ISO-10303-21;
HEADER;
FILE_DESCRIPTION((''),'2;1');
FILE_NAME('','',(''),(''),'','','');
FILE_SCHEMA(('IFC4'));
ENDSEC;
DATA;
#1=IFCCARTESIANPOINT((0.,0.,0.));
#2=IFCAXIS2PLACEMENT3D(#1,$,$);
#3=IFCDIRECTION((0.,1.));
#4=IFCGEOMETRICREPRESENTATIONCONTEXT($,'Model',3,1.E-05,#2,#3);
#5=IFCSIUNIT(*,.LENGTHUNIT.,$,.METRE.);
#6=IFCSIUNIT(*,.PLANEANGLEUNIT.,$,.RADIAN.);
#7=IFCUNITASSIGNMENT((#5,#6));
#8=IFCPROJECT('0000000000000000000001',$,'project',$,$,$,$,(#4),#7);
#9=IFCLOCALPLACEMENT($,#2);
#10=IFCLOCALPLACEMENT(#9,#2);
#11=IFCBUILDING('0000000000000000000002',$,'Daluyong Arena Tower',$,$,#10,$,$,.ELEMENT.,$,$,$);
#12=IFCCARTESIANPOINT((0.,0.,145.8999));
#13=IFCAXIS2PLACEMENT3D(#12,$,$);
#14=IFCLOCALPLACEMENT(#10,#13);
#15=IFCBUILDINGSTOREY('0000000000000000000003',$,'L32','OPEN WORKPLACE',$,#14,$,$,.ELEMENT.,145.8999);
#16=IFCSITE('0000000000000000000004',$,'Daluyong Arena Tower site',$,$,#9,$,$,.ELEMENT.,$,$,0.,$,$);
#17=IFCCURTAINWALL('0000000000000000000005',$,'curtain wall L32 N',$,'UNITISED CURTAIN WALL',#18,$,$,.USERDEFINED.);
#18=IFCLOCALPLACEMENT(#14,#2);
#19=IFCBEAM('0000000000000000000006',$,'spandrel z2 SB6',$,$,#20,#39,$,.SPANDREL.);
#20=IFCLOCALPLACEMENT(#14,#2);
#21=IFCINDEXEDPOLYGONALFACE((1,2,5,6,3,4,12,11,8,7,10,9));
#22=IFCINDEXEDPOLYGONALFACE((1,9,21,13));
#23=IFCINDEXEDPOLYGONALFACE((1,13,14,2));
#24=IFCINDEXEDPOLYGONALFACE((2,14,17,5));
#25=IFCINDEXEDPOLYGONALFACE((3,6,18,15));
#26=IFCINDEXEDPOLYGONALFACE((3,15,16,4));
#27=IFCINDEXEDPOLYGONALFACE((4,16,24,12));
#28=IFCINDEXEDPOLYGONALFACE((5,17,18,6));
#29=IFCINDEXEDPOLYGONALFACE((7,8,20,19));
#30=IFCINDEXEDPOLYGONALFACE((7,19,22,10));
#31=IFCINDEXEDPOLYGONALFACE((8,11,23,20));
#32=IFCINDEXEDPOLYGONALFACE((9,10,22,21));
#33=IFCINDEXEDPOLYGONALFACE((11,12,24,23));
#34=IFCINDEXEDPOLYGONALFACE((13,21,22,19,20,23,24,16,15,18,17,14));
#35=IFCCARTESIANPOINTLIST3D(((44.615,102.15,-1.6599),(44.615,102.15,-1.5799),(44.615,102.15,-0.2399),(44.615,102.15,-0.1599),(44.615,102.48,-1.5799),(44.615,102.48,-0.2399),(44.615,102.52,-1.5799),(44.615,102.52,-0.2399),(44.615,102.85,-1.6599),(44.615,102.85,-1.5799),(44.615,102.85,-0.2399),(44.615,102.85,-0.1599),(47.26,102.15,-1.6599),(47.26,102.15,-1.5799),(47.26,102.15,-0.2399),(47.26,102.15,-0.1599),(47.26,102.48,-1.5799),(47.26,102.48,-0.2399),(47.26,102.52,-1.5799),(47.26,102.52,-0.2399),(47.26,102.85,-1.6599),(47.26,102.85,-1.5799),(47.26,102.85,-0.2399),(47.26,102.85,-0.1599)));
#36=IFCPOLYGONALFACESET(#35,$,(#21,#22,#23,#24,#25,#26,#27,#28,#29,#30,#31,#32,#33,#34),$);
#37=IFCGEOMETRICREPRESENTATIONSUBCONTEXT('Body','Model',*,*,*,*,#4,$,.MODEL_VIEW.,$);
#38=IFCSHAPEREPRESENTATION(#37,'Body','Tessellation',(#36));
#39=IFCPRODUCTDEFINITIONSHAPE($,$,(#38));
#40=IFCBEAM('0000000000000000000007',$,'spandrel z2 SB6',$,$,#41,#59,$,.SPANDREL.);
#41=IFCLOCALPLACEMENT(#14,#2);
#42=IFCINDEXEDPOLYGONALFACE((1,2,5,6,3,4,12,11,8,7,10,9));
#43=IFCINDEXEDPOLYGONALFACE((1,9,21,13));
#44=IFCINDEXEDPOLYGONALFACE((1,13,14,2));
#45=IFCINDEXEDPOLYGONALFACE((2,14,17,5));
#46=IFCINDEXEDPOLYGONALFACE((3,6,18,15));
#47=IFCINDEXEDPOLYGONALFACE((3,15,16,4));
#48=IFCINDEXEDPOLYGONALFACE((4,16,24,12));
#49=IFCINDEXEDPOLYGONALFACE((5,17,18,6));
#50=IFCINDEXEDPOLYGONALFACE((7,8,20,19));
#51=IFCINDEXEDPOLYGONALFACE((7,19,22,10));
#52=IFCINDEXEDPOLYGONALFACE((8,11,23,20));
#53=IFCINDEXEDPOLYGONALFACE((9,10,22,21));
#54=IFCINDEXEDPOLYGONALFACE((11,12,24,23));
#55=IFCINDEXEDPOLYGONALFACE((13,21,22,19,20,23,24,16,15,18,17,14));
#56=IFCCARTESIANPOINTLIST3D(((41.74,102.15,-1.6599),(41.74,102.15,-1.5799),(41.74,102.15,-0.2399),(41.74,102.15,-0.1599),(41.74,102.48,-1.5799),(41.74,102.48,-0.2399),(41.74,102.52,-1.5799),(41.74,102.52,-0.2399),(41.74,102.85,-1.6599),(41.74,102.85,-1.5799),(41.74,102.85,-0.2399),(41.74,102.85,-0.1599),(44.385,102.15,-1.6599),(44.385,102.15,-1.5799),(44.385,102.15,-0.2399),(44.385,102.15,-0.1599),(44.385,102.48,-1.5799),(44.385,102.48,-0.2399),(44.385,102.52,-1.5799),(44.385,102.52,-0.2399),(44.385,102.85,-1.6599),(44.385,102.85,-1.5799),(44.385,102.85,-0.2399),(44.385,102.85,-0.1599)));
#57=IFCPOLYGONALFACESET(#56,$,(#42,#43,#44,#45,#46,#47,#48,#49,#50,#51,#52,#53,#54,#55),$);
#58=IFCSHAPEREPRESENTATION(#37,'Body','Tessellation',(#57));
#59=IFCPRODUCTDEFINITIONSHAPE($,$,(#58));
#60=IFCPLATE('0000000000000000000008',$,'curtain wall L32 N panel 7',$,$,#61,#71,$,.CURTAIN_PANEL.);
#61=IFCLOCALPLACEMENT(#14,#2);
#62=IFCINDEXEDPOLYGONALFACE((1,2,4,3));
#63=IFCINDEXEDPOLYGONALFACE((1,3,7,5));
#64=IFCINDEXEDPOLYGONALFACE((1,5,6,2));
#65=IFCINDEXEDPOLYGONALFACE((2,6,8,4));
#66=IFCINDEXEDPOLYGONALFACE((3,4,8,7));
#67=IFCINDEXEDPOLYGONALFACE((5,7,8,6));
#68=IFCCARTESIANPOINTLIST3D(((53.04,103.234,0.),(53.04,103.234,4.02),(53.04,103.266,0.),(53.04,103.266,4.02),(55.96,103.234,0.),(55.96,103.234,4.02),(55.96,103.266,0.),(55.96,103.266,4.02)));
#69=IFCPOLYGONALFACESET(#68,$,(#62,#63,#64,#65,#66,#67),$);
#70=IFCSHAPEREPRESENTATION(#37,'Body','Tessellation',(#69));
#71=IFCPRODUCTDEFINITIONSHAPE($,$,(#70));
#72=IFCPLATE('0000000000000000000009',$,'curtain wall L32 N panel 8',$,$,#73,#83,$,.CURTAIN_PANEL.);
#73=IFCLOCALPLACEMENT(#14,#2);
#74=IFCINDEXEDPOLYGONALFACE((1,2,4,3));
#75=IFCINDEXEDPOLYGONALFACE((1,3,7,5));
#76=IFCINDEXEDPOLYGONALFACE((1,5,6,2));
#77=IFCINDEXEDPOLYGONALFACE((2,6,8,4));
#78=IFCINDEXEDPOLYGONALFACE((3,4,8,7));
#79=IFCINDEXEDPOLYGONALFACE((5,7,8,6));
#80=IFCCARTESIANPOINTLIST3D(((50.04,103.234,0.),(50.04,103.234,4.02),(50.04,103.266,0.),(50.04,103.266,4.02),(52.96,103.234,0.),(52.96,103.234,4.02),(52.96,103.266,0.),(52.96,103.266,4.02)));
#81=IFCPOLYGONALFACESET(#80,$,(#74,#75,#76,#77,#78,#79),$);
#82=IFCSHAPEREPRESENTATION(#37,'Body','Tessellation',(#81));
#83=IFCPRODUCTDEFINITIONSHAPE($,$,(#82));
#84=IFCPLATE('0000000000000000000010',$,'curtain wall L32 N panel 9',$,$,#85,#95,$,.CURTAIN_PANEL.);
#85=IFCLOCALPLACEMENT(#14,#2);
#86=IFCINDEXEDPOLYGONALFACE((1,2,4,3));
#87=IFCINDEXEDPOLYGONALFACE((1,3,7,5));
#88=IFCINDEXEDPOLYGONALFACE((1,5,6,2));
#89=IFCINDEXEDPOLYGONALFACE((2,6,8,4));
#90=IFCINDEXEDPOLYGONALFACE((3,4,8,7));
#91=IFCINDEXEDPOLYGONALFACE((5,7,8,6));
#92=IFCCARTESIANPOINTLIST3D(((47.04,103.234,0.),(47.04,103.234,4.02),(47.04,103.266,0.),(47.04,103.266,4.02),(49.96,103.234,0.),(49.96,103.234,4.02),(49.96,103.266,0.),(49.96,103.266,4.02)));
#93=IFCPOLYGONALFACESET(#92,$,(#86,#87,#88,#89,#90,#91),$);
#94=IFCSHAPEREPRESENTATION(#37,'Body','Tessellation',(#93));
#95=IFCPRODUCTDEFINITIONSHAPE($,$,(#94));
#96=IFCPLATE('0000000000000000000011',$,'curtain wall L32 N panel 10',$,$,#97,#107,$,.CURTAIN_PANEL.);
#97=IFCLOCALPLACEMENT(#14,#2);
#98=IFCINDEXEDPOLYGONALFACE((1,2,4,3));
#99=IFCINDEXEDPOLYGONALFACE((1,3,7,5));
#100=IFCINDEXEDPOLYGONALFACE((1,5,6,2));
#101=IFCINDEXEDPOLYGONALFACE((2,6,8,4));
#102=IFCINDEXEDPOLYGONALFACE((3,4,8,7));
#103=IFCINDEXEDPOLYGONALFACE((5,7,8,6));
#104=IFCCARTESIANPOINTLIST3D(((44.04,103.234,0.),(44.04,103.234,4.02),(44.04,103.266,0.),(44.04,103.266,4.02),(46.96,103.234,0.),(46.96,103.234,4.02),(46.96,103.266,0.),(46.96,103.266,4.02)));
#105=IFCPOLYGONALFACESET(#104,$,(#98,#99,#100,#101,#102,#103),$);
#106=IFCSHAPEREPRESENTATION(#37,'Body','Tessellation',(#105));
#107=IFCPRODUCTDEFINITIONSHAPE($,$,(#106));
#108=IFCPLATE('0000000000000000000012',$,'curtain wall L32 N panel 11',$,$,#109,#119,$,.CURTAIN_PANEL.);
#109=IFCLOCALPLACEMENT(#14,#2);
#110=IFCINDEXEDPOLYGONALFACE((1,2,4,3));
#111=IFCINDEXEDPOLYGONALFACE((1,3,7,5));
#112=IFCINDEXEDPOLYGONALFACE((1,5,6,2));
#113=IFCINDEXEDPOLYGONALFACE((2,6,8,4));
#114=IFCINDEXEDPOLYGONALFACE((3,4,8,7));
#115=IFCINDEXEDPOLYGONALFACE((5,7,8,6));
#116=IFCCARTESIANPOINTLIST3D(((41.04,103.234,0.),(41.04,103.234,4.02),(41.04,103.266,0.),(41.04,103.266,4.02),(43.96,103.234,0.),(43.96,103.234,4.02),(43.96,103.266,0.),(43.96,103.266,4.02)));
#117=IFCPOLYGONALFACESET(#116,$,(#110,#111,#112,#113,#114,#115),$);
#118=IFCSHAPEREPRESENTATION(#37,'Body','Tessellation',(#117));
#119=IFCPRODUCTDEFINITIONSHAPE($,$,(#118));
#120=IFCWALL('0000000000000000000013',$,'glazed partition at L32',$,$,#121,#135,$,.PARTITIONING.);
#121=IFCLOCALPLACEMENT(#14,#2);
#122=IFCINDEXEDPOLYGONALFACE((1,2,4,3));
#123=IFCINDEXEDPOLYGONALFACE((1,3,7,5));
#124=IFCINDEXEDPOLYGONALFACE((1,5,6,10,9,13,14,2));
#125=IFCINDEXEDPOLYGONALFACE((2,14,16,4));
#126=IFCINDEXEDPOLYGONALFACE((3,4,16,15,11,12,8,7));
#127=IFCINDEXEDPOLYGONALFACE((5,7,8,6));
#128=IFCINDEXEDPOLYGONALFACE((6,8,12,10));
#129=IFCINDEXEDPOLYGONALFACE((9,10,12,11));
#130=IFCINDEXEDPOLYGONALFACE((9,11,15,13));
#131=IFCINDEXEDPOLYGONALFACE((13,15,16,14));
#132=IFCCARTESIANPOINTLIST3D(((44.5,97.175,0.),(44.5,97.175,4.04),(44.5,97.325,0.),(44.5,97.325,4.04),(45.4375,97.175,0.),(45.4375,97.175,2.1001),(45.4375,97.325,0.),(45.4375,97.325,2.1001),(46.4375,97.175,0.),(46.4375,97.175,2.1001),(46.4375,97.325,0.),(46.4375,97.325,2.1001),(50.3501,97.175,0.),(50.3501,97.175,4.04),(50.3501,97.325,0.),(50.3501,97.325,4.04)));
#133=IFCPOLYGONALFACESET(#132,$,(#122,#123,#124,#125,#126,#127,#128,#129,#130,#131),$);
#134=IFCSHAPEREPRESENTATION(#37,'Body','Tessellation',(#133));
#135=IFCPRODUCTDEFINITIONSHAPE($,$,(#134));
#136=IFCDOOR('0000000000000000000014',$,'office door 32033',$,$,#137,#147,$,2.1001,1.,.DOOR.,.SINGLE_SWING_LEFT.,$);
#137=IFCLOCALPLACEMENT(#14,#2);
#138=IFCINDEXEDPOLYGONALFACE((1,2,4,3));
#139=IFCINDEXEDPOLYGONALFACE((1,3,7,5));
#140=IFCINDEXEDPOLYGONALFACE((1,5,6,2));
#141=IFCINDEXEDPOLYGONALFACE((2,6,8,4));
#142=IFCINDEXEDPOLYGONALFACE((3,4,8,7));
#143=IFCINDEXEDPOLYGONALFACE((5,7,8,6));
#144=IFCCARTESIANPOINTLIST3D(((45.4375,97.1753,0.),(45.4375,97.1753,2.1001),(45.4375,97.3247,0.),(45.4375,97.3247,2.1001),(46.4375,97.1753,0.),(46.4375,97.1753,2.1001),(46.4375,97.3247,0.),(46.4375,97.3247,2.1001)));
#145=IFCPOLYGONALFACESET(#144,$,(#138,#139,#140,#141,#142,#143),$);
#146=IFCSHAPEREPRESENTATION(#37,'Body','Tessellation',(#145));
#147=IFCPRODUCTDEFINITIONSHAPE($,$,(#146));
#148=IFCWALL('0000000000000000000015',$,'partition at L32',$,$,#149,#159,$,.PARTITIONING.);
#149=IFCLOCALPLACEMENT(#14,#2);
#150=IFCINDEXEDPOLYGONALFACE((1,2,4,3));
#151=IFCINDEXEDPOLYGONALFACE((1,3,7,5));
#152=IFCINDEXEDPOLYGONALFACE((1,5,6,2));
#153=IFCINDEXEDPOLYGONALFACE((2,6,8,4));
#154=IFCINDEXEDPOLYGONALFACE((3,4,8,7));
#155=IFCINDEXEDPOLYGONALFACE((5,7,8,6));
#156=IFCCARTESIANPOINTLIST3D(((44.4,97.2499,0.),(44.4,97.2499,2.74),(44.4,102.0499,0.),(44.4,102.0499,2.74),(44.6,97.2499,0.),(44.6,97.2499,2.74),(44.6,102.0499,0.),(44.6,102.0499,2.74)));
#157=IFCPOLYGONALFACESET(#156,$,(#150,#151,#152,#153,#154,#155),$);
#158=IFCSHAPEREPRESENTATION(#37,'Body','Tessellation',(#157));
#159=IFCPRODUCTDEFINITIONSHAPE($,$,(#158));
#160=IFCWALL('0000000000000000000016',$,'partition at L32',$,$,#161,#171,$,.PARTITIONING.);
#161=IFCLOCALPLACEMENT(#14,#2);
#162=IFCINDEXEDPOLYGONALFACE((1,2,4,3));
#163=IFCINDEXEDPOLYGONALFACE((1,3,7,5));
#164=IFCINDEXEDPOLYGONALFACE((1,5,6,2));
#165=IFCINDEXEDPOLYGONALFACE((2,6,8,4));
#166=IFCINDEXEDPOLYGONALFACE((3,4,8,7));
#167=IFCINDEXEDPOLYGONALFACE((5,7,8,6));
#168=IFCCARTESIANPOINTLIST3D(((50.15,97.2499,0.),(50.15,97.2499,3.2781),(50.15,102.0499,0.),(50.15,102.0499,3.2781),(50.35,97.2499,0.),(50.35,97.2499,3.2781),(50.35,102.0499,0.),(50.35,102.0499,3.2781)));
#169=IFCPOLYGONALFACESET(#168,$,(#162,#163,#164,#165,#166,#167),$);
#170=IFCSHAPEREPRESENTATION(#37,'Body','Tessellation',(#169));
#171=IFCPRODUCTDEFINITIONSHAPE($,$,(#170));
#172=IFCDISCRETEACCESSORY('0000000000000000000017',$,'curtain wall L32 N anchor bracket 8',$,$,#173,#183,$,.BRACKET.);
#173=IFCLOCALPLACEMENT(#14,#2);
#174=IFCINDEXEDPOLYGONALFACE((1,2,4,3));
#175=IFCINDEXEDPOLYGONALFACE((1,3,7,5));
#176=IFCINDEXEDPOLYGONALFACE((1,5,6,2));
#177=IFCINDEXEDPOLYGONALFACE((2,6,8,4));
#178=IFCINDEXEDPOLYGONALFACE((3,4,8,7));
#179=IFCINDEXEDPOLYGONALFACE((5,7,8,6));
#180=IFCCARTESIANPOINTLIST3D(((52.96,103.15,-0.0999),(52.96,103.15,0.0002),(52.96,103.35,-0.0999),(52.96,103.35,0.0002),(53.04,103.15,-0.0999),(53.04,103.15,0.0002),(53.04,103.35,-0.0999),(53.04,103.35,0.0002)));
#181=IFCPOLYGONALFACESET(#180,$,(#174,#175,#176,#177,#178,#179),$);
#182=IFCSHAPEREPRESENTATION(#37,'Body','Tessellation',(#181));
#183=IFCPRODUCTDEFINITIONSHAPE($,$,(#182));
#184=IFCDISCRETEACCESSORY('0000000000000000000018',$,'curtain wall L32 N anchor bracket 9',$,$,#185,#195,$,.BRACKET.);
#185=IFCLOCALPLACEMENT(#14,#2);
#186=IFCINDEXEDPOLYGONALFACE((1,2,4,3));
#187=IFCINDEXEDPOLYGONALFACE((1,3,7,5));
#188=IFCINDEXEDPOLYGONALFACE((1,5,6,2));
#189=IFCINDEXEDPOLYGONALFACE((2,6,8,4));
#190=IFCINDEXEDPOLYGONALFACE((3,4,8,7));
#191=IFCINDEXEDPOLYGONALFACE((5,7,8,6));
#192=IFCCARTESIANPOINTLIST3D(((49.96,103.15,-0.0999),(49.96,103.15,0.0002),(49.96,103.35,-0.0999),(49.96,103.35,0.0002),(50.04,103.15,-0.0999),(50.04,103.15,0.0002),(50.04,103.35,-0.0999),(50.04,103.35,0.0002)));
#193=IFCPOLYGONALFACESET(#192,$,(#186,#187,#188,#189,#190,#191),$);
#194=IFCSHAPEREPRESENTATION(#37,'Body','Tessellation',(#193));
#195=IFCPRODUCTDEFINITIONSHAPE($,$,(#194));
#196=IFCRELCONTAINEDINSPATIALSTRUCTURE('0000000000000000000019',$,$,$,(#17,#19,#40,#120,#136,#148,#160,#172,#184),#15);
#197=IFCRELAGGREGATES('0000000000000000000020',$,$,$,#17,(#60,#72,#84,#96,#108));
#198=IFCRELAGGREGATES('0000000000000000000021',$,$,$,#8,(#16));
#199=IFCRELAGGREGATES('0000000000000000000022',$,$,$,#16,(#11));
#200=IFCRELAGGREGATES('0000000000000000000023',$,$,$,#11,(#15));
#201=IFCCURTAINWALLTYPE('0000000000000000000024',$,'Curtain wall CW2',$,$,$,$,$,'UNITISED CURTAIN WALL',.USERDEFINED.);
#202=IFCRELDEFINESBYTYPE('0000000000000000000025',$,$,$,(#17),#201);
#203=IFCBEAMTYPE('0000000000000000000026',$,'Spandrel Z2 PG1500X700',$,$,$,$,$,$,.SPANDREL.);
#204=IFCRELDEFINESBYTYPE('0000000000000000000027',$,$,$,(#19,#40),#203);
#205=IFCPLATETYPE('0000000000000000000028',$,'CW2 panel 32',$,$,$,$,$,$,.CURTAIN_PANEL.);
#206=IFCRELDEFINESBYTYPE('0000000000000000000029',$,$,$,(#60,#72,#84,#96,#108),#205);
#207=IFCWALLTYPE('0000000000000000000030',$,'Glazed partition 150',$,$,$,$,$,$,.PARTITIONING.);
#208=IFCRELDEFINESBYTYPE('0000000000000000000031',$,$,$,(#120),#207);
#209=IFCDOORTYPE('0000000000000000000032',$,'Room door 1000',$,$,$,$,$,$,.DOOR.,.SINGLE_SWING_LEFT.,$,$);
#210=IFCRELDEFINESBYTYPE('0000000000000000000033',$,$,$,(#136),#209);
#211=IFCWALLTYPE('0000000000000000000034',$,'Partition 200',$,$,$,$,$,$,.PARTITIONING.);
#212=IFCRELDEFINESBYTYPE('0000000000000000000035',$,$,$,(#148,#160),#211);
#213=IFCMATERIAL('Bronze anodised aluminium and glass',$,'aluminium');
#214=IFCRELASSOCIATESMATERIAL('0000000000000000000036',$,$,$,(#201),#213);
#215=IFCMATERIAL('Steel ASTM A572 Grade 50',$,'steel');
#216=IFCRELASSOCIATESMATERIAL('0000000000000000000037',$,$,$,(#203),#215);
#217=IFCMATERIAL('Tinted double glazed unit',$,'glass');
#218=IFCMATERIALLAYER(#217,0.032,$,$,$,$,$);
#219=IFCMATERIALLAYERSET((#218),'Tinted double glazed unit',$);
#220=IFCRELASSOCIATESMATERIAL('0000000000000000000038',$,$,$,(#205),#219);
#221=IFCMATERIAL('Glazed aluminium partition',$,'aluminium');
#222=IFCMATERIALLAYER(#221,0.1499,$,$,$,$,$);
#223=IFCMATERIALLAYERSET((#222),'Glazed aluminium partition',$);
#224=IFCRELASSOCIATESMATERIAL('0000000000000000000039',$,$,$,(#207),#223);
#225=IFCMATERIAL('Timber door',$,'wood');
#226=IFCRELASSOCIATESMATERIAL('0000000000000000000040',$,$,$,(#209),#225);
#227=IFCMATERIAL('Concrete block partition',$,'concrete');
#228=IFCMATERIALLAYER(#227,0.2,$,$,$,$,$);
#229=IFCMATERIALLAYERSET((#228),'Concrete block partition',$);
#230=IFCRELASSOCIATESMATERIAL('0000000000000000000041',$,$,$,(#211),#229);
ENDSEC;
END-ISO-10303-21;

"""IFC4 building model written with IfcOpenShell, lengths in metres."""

from ifc_helpers import new_model, si_unit, direction, frame, frame_2d, origin, origin_2d, place, context, subcontext, project, spatial, rectangle, i_section, extrude, material, layer, layer_set, material_profile, profile_set, type_object, element, fill, aggregate, save


model = new_model("IFC4")

# Units and contexts
model_context = context("Model", 3, precision=1e-05, world=origin(), true_north=direction((0.0, 1.0)))
body_context = subcontext(model_context, "Body", "Model", "MODEL_VIEW")
ifc_project = project(units=[si_unit("LENGTHUNIT", "METRE"), si_unit("PLANEANGLEUNIT", "RADIAN")], contexts=[model_context])

# Site, building, storey
site_placement = place(None, origin())
site = spatial("IfcSite", under=ifc_project, at=site_placement, Name="Daluyong Arena Tower site", CompositionType="ELEMENT", RefElevation=0.0)
building_placement = place(site_placement, origin())
building = spatial("IfcBuilding", under=site, at=building_placement, Name="Daluyong Arena Tower", CompositionType="ELEMENT")
storey_placement = place(building_placement, frame((0.0, 0.0, 145.8999)))
storey = spatial("IfcBuildingStorey", under=building, at=storey_placement, Name="L32", Description="OPEN WORKPLACE", CompositionType="ELEMENT", Elevation=145.8999)

# Curtain wall
ifc_material_1 = material(Name="Bronze anodised aluminium and glass", Category="aluminium")
curtain_wall_type = type_object("IfcCurtainWallType", Name="Curtain wall CW2", ElementType="UNITISED CURTAIN WALL", PredefinedType="USERDEFINED", material=ifc_material_1)
curtain_wall_placement = place(storey_placement, origin())
curtain_wall = element("IfcCurtainWall", 1, at=curtain_wall_placement, inside=storey, type_object=curtain_wall_type, Name="curtain wall L32 N", ObjectType="UNITISED CURTAIN WALL", PredefinedType="USERDEFINED")

# Beams
ifc_material_2 = material(Name="Steel ASTM A572 Grade 50", Category="steel")
ifc_material_profile_1 = material_profile(ifc_material_2, i_section(OverallWidth=0.7, OverallDepth=1.5, WebThickness=0.04, FlangeThickness=0.08, at=origin_2d()))
ifc_profile_set_1 = profile_set([ifc_material_profile_1], Name="Steel ASTM A572 Grade 50")
beam_type_1 = type_object("IfcBeamType", Name="Spandrel Z2 PG1500X700", PredefinedType="SPANDREL", material=ifc_profile_set_1)
for number, where, z_axis, x_axis, name in (
    (2, (47.26, 102.5, -0.9099), (-1.0, 0.0, 0.0), (0.0, -1.0, 0.0), "spandrel z2 SB6"),
    (3, (44.385, 102.5, -0.9099), (-1.0, 0.0, 0.0), (0.0, -1.0, 0.0), "spandrel z2 SB6"),
):
    element("IfcBeam", number, at=place(storey_placement, frame(where, z_axis=z_axis, x_axis=x_axis)), inside=storey, type_object=beam_type_1, Name=name, PredefinedType="SPANDREL", context=body_context, shape_type="SweptSolid", body=[
        extrude(i_section(OverallWidth=0.7, OverallDepth=1.5, WebThickness=0.04, FlangeThickness=0.08, at=origin_2d()), origin(), (0.0, 0.0, 1.0), 2.645),
    ])

# Plates
ifc_material_3 = material(Name="Tinted double glazed unit", Category="glass")
ifc_layer_1 = layer(ifc_material_3, 0.032)
ifc_layer_set_1 = layer_set([ifc_layer_1], Name="Tinted double glazed unit")
plate_type = type_object("IfcPlateType", Name="CW2 panel 32", PredefinedType="CURTAIN_PANEL", material=ifc_layer_set_1)
plate_1_placement = place(storey_placement, frame((54.5, 103.25, 0.0), z_axis=(0.0, 0.0, 1.0), x_axis=(-1.0, 0.0, 0.0)))
plate_1 = element("IfcPlate", 4, at=plate_1_placement, type_object=plate_type, Name="curtain wall L32 N panel 7", PredefinedType="CURTAIN_PANEL", context=body_context, shape_type="SweptSolid", body=[
    extrude(rectangle(XDim=2.9199, YDim=0.032, at=origin_2d()), origin(), (0.0, 0.0, 1.0), 4.02),
])
plate_2_placement = place(storey_placement, frame((51.5, 103.25, 0.0), z_axis=(0.0, 0.0, 1.0), x_axis=(-1.0, 0.0, 0.0)))
plate_2 = element("IfcPlate", 5, at=plate_2_placement, type_object=plate_type, Name="curtain wall L32 N panel 8", PredefinedType="CURTAIN_PANEL", context=body_context, shape_type="SweptSolid", body=[
    extrude(rectangle(XDim=2.9199, YDim=0.032, at=origin_2d()), origin(), (0.0, 0.0, 1.0), 4.02),
])
plate_3_placement = place(storey_placement, frame((48.5, 103.25, 0.0), z_axis=(0.0, 0.0, 1.0), x_axis=(-1.0, 0.0, 0.0)))
plate_3 = element("IfcPlate", 6, at=plate_3_placement, type_object=plate_type, Name="curtain wall L32 N panel 9", PredefinedType="CURTAIN_PANEL", context=body_context, shape_type="SweptSolid", body=[
    extrude(rectangle(XDim=2.9199, YDim=0.032, at=origin_2d()), origin(), (0.0, 0.0, 1.0), 4.02),
])
plate_4_placement = place(storey_placement, frame((45.5, 103.25, 0.0), z_axis=(0.0, 0.0, 1.0), x_axis=(-1.0, 0.0, 0.0)))
plate_4 = element("IfcPlate", 7, at=plate_4_placement, type_object=plate_type, Name="curtain wall L32 N panel 10", PredefinedType="CURTAIN_PANEL", context=body_context, shape_type="SweptSolid", body=[
    extrude(rectangle(XDim=2.9199, YDim=0.032, at=origin_2d()), origin(), (0.0, 0.0, 1.0), 4.02),
])
plate_5_placement = place(storey_placement, frame((42.5, 103.25, 0.0), z_axis=(0.0, 0.0, 1.0), x_axis=(-1.0, 0.0, 0.0)))
plate_5 = element("IfcPlate", 8, at=plate_5_placement, type_object=plate_type, Name="curtain wall L32 N panel 11", PredefinedType="CURTAIN_PANEL", context=body_context, shape_type="SweptSolid", body=[
    extrude(rectangle(XDim=2.9199, YDim=0.032, at=origin_2d()), origin(), (0.0, 0.0, 1.0), 4.02),
])
aggregate(curtain_wall, [plate_1, plate_2, plate_3, plate_4, plate_5])

# Wall, opening, door
ifc_material_4 = material(Name="Glazed aluminium partition", Category="aluminium")
ifc_layer_2 = layer(ifc_material_4, 0.1499)
ifc_layer_set_2 = layer_set([ifc_layer_2], Name="Glazed aluminium partition")
wall_type_1 = type_object("IfcWallType", Name="Glazed partition 150", PredefinedType="PARTITIONING", material=ifc_layer_set_2)
wall_1_placement = place(storey_placement, frame((44.5, 97.25, 0.0), z_axis=(0.0, 0.0, 1.0), x_axis=(1.0, 0.0, 0.0)))
wall_1 = element("IfcWall", 9, at=wall_1_placement, inside=storey, type_object=wall_type_1, Name="glazed partition at L32", PredefinedType="PARTITIONING", context=body_context, shape_type="SweptSolid", body=[
    extrude(rectangle(XDim=5.8501, YDim=0.1499, at=frame_2d((2.925, 0.0))), origin(), (0.0, 0.0, 1.0), 4.04),
])
opening_placement = place(wall_1_placement, frame((0.9375, 0.0, 0.0)))
opening = element("IfcOpeningElement", 10, at=opening_placement, cuts=wall_1, PredefinedType="OPENING", context=body_context, shape_type="SweptSolid", body=[
    extrude(rectangle(XDim=1.0, YDim=2.1001, at=frame_2d((0.5, 1.05))), frame((0.0, 0.085, 0.0), z_axis=(0.0, -1.0, 0.0), x_axis=(1.0, 0.0, 0.0)), (0.0, 0.0, 1.0), 0.1699),
])
ifc_material_5 = material(Name="Timber door", Category="wood")
door_type = type_object("IfcDoorType", Name="Room door 1000", OperationType="SINGLE_SWING_LEFT", PredefinedType="DOOR", material=ifc_material_5)
door_placement = place(opening_placement, origin())
door = element("IfcDoor", 11, at=door_placement, inside=storey, type_object=door_type, Name="office door 32033", OperationType="SINGLE_SWING_LEFT", OverallHeight=2.1001, OverallWidth=1.0, PredefinedType="DOOR", context=body_context, shape_type="SweptSolid", body=[
    extrude(rectangle(XDim=1.0, YDim=2.1001, at=frame_2d((0.5, 1.05))), frame((0.0, 0.0747, 0.0), z_axis=(0.0, -1.0, 0.0), x_axis=(1.0, 0.0, 0.0)), (0.0, 0.0, 1.0), 0.1494),
])
fill(opening, door)

# Walls
ifc_material_6 = material(Name="Concrete block partition", Category="concrete")
ifc_layer_3 = layer(ifc_material_6, 0.2)
ifc_layer_set_3 = layer_set([ifc_layer_3], Name="Concrete block partition")
wall_type_2 = type_object("IfcWallType", Name="Partition 200", PredefinedType="PARTITIONING", material=ifc_layer_set_3)
wall_2_placement = place(storey_placement, frame((44.5, 97.25, 0.0), z_axis=(0.0, 0.0, 1.0), x_axis=(0.0, 1.0, 0.0)))
element("IfcWall", 12, at=wall_2_placement, inside=storey, type_object=wall_type_2, Name="partition at L32", PredefinedType="PARTITIONING", context=body_context, shape_type="SweptSolid", body=[
    extrude(rectangle(XDim=4.8, YDim=0.2, at=frame_2d((2.3999, 0.0))), origin(), (0.0, 0.0, 1.0), 2.74),
])
wall_3_placement = place(storey_placement, frame((50.25, 97.25, 0.0), z_axis=(0.0, 0.0, 1.0), x_axis=(0.0, 1.0, 0.0)))
element("IfcWall", 13, at=wall_3_placement, inside=storey, type_object=wall_type_2, Name="partition at L32", PredefinedType="PARTITIONING", context=body_context, shape_type="SweptSolid", body=[
    extrude(rectangle(XDim=4.8, YDim=0.2, at=frame_2d((2.3999, 0.0))), origin(), (0.0, 0.0, 1.0), 3.2781),
])

# Discrete accessories
for number, where, z_axis, x_axis, name in (
    (14, (53.0, 103.25, -0.0999), (0.0, 0.0, 1.0), (-1.0, 0.0, 0.0), "curtain wall L32 N anchor bracket 8"),
    (15, (50.0, 103.25, -0.0999), (0.0, 0.0, 1.0), (-1.0, 0.0, 0.0), "curtain wall L32 N anchor bracket 9"),
):
    element("IfcDiscreteAccessory", number, at=place(storey_placement, frame(where, z_axis=z_axis, x_axis=x_axis)), inside=storey, Name=name, PredefinedType="BRACKET", context=body_context, shape_type="SweptSolid", body=[
        extrude(rectangle(XDim=0.0801, YDim=0.2, at=origin_2d()), origin(), (0.0, 0.0, 1.0), 0.1001),
    ])

save(model, "model.ifc")
